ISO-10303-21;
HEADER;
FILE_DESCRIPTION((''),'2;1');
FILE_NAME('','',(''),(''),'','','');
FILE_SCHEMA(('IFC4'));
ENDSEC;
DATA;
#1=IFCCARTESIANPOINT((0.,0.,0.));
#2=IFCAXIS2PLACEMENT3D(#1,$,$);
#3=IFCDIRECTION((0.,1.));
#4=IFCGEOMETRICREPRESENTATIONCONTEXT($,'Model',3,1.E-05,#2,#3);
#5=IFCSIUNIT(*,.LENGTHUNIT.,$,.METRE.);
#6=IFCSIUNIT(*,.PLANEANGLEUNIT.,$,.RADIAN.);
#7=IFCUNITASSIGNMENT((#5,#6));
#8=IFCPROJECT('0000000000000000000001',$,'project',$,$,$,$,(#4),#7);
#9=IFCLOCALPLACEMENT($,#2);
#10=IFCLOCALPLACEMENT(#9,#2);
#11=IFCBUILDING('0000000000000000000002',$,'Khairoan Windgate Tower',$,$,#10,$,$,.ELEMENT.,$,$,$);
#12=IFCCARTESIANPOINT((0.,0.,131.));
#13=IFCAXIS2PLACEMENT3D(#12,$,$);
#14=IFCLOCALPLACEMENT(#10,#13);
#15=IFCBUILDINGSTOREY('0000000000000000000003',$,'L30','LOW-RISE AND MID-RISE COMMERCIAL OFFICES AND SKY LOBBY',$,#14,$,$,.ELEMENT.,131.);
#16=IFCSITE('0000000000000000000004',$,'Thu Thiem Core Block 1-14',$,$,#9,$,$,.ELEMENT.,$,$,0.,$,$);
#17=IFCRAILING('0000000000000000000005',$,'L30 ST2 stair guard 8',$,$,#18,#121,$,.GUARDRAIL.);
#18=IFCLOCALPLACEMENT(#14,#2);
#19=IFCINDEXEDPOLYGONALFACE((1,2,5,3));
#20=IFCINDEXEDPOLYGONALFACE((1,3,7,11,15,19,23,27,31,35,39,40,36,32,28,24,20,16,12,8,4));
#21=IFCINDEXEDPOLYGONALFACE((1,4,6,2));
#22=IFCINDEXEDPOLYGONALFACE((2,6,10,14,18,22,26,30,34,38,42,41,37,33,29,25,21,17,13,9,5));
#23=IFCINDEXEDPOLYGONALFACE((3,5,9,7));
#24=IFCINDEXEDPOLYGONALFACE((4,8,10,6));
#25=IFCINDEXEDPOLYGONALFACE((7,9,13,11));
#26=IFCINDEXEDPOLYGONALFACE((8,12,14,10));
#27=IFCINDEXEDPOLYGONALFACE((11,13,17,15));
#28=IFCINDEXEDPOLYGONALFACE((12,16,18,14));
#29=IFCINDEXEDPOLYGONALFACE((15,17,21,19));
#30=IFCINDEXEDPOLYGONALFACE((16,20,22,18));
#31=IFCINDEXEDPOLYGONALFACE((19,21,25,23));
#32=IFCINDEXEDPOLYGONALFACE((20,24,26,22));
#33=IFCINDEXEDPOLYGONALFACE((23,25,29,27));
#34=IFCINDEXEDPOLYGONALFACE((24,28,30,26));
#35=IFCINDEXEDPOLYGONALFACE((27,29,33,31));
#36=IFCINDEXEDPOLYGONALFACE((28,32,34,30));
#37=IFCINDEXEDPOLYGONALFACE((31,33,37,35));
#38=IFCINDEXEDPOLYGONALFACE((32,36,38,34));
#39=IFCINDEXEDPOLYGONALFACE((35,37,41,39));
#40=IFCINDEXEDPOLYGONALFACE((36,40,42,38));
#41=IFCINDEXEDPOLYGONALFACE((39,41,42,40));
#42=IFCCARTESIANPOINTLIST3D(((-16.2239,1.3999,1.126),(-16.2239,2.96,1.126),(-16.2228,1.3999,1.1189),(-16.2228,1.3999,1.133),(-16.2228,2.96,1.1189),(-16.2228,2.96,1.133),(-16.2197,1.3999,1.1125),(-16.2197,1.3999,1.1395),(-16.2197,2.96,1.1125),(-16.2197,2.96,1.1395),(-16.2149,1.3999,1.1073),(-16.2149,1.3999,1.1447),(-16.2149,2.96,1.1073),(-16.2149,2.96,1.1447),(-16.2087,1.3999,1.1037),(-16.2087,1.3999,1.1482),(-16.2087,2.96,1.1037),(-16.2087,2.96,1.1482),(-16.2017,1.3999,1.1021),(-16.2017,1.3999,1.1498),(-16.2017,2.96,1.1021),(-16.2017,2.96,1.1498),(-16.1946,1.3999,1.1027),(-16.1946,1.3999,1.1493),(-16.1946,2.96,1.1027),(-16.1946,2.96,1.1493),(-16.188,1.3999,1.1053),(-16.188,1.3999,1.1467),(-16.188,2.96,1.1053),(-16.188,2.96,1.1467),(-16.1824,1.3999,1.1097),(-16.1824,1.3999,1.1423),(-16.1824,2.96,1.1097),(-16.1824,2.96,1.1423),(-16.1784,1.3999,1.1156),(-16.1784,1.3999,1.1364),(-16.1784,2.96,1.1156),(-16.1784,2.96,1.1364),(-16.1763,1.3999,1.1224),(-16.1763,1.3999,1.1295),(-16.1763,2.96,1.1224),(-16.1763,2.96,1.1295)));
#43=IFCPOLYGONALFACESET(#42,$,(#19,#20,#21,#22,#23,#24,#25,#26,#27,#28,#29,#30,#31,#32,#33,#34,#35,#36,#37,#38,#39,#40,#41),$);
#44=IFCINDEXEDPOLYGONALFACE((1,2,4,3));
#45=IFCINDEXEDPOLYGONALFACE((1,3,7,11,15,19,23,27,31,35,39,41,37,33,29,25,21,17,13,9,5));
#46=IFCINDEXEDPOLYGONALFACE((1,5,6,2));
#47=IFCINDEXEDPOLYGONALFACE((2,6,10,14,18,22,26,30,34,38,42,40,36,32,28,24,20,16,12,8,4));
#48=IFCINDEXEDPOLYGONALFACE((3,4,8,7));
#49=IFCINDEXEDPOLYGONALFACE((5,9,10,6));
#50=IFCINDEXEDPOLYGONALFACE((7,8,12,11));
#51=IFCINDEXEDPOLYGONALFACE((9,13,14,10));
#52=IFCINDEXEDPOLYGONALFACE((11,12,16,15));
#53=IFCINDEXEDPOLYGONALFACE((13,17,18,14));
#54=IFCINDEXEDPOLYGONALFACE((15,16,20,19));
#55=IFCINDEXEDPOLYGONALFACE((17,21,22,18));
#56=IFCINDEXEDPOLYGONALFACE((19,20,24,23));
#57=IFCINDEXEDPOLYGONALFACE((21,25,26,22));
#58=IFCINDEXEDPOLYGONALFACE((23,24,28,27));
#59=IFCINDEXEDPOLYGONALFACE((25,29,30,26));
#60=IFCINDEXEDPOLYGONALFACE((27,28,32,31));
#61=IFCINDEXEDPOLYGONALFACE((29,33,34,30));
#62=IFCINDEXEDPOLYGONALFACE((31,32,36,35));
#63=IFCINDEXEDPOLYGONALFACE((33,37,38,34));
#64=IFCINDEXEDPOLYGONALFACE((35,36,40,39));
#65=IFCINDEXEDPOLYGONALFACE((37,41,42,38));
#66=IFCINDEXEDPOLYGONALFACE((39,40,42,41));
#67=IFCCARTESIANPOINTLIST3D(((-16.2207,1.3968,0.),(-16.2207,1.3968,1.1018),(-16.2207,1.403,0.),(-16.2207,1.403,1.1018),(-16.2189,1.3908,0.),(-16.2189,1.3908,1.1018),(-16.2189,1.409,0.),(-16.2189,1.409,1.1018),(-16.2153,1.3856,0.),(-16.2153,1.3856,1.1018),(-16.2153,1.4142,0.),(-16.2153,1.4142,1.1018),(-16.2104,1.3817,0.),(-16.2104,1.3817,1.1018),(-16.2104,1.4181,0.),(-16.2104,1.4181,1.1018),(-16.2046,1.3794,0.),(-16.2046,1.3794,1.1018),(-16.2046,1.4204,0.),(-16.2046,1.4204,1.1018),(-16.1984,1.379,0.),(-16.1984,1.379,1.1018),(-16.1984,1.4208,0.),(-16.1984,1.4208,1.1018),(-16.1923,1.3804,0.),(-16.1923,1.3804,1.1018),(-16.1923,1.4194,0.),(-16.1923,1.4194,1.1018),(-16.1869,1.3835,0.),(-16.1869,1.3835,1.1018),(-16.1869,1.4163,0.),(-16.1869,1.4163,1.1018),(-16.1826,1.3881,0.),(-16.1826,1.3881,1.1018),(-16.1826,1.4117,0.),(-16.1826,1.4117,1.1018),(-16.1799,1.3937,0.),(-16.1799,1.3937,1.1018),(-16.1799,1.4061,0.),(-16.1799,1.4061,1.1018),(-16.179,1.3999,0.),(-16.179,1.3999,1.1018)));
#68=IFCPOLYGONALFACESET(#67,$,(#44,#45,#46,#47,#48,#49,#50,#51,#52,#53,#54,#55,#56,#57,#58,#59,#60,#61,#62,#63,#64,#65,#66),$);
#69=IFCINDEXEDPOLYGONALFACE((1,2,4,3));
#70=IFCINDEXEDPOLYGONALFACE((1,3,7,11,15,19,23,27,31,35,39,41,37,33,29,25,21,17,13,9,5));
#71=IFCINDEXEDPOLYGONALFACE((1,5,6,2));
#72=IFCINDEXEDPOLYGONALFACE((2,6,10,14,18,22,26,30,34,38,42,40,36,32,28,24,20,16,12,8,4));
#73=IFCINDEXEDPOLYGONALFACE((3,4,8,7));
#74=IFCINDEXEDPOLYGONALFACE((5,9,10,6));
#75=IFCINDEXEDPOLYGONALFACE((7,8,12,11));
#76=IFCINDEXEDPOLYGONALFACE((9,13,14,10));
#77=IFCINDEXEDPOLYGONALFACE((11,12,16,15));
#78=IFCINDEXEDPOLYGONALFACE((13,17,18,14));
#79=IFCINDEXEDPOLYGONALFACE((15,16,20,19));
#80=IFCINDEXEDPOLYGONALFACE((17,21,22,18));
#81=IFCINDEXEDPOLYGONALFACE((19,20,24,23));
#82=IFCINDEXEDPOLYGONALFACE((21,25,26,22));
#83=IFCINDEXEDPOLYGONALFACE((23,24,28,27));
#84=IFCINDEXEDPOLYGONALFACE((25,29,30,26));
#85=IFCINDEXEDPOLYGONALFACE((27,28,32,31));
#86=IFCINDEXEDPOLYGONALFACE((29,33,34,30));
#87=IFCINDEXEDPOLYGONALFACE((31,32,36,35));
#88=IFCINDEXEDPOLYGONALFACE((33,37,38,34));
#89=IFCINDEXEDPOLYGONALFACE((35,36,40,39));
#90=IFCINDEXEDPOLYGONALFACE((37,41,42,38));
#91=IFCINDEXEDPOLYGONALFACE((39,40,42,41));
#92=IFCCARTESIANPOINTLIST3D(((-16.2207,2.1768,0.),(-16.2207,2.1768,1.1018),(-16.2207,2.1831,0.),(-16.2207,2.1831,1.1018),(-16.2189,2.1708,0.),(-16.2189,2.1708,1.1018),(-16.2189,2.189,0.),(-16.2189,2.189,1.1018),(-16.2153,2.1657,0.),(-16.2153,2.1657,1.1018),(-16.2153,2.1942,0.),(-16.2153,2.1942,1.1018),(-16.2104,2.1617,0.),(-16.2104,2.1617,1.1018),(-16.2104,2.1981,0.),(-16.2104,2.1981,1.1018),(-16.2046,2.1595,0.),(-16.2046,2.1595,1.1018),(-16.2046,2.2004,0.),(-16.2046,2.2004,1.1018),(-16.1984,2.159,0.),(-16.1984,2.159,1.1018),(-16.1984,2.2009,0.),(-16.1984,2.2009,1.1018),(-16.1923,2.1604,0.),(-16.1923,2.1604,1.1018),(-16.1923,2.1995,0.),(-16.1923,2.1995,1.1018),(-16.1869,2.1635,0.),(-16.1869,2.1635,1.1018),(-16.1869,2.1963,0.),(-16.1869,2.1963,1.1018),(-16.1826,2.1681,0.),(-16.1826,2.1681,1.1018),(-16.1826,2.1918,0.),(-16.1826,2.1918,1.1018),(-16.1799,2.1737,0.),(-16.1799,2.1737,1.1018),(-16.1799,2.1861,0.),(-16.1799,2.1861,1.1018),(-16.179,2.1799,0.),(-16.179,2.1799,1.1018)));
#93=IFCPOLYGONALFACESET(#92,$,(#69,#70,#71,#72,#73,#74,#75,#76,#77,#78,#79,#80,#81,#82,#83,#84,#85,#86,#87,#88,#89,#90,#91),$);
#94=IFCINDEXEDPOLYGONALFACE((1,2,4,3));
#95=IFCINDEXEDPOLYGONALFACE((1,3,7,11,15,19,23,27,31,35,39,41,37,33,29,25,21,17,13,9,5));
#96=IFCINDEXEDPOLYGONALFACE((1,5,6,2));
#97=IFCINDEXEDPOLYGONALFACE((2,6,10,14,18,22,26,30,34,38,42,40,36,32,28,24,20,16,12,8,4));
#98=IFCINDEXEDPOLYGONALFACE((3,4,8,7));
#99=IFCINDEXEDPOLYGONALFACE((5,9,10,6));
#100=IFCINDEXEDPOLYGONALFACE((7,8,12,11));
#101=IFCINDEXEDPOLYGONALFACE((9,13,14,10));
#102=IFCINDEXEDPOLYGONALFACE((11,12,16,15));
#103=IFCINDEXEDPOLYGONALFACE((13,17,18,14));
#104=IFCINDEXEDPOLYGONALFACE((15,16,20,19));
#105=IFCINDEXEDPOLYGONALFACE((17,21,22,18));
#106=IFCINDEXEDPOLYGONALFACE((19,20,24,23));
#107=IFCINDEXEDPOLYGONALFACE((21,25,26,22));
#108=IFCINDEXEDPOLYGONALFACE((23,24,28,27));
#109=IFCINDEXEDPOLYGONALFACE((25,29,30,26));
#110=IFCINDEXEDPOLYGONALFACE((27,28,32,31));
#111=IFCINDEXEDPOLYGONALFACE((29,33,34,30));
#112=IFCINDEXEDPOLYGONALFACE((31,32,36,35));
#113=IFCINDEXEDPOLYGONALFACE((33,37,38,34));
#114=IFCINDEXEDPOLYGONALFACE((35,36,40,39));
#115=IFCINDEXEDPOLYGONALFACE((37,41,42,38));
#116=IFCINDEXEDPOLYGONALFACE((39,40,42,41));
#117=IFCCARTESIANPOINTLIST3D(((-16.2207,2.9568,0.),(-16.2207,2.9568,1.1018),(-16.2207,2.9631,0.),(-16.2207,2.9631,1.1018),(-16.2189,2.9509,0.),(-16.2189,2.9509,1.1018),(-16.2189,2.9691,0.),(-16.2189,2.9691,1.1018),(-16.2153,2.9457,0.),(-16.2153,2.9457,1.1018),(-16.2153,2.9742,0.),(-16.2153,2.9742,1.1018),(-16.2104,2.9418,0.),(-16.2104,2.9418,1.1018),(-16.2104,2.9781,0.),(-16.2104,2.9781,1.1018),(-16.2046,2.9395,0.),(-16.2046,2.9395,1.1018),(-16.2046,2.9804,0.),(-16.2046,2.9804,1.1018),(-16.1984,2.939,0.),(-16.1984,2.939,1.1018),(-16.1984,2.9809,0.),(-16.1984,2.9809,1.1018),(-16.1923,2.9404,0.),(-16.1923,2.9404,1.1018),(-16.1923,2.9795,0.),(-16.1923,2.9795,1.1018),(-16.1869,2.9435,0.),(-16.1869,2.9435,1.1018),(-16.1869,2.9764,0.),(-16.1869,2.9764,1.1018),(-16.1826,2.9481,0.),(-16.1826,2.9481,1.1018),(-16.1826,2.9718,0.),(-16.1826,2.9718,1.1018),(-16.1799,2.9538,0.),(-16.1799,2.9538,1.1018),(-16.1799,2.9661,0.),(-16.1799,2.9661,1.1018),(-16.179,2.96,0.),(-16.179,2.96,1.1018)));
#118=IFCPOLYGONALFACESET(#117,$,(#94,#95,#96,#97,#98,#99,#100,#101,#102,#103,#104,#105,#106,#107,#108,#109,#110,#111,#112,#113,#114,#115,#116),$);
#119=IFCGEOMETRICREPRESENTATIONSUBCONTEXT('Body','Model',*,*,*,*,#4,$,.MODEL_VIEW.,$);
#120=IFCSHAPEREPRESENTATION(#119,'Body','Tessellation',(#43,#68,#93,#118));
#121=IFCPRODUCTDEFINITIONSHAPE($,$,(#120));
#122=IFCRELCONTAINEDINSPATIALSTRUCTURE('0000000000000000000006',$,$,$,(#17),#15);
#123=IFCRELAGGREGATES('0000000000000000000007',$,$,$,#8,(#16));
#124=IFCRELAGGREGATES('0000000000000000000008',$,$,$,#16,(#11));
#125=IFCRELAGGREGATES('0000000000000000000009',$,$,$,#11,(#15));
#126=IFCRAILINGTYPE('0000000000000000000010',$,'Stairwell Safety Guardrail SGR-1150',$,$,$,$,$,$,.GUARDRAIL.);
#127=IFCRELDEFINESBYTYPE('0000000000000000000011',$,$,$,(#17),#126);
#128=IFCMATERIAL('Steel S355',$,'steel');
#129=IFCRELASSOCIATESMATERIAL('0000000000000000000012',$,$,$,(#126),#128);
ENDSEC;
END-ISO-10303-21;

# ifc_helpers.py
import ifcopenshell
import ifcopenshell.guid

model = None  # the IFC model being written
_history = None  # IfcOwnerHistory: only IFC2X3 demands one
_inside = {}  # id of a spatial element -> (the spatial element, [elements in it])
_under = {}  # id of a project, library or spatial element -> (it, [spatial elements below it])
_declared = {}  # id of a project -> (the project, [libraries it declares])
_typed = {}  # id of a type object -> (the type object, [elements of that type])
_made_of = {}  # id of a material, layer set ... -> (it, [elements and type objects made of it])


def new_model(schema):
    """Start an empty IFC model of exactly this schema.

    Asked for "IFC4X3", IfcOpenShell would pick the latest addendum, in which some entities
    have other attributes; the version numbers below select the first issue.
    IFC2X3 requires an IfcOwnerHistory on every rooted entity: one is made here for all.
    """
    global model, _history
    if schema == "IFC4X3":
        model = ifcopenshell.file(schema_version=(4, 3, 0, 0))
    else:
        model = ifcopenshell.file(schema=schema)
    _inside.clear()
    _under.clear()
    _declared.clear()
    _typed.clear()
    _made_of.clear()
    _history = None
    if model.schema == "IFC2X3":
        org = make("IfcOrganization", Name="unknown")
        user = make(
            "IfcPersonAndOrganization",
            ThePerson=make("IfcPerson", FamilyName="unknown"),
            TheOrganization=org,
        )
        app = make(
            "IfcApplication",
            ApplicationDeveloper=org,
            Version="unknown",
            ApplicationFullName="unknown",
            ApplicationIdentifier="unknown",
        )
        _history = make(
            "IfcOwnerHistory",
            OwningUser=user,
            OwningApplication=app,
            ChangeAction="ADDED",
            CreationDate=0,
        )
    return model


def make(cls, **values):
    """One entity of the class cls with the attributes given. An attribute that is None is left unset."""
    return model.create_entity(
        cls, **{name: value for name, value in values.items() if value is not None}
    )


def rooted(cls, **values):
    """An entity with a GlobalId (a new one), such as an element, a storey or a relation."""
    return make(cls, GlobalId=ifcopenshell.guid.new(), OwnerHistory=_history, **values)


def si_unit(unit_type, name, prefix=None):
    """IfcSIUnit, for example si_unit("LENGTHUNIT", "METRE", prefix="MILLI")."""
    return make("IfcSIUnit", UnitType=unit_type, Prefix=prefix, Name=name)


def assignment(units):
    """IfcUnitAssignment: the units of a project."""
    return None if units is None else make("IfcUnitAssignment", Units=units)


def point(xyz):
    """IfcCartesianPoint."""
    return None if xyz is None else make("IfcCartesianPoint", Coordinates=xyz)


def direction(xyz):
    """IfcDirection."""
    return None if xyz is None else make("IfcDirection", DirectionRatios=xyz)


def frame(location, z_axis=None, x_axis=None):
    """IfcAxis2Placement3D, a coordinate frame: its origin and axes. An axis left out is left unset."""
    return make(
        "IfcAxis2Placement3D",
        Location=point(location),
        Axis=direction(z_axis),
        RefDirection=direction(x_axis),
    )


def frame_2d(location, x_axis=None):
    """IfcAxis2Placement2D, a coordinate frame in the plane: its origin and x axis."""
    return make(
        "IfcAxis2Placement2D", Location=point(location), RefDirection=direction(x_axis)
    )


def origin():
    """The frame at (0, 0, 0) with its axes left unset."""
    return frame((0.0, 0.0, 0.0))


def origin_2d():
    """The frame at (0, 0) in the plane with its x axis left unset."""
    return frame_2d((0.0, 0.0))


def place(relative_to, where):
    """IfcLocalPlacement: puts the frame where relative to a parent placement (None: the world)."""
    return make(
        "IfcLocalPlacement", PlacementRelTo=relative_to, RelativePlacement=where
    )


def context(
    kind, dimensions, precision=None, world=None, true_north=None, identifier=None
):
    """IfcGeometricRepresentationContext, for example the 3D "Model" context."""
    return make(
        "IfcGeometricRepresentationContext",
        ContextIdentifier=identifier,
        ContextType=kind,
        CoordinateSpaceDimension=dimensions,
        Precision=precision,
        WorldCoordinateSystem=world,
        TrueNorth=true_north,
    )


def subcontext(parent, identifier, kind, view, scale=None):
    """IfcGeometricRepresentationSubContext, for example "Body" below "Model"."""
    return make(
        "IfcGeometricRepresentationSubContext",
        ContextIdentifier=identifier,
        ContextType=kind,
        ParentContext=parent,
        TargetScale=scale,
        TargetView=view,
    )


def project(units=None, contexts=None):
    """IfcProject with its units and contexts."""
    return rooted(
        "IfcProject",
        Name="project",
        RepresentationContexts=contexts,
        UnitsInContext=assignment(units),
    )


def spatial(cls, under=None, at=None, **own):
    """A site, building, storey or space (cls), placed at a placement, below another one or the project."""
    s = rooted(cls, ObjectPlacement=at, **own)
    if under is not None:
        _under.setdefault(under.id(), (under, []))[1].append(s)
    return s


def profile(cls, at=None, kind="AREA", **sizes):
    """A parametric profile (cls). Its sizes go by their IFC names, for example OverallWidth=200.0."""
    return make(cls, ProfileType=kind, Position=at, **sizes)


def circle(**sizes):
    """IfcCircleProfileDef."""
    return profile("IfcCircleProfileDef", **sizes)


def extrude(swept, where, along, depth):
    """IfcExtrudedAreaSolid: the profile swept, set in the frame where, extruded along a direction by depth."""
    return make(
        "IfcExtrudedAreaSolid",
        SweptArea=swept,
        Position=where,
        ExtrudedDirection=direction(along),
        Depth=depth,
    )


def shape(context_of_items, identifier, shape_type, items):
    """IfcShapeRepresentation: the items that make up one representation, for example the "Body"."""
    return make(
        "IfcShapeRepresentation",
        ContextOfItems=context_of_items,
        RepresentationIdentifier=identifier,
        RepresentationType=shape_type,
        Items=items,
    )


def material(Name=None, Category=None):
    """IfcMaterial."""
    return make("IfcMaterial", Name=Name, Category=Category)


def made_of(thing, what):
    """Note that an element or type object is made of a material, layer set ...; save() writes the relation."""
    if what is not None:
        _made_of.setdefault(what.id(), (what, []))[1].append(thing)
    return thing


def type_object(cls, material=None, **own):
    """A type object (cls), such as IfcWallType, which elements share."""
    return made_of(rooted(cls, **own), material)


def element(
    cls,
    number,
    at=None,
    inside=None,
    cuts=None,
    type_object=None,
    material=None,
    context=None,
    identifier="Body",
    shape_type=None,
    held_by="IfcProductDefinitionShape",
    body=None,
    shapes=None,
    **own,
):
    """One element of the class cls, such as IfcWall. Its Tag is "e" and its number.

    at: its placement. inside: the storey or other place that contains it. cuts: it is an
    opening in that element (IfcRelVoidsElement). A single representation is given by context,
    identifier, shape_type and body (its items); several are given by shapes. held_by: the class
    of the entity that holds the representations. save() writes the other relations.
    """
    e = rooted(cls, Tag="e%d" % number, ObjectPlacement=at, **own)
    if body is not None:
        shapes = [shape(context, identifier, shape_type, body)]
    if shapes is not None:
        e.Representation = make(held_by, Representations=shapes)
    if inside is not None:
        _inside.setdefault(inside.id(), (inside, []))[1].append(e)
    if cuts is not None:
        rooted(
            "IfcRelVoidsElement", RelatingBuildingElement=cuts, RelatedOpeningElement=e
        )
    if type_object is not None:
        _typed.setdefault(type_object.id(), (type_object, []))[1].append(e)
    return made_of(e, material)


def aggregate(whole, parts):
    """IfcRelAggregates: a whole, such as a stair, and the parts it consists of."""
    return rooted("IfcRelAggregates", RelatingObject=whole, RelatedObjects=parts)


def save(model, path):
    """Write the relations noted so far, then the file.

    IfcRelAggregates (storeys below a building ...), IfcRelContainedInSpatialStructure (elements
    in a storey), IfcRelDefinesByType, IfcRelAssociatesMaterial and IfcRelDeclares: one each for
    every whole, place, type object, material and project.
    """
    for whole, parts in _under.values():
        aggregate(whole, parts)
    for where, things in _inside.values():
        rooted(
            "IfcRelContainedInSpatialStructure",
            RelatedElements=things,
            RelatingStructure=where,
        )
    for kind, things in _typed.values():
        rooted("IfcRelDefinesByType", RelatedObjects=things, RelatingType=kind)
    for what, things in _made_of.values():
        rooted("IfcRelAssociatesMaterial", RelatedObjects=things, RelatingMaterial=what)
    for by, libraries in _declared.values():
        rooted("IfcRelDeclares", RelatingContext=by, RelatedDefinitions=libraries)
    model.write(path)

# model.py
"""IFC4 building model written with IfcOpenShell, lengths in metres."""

from ifc_helpers import new_model, si_unit, direction, frame, origin, origin_2d, place, context, subcontext, project, spatial, circle, extrude, material, type_object, element, save


model = new_model("IFC4")

# Units and contexts
model_context = context("Model", 3, precision=1e-05, world=origin(), true_north=direction((0.0, 1.0)))
body_context = subcontext(model_context, "Body", "Model", "MODEL_VIEW")
ifc_project = project(units=[si_unit("LENGTHUNIT", "METRE"), si_unit("PLANEANGLEUNIT", "RADIAN")], contexts=[model_context])

# Site, building, storey
site_placement = place(None, origin())
site = spatial("IfcSite", under=ifc_project, at=site_placement, Name="Thu Thiem Core Block 1-14", CompositionType="ELEMENT", RefElevation=0.0)
building_placement = place(site_placement, origin())
building = spatial("IfcBuilding", under=site, at=building_placement, Name="Khairoan Windgate Tower", CompositionType="ELEMENT")
storey_placement = place(building_placement, frame((0.0, 0.0, 131.0)))
storey = spatial("IfcBuildingStorey", under=building, at=storey_placement, Name="L30", Description="LOW-RISE AND MID-RISE COMMERCIAL OFFICES AND SKY LOBBY", CompositionType="ELEMENT", Elevation=131.0)

# Railing
ifc_material_1 = material(Name="Steel S355", Category="steel")
railing_type_1 = type_object("IfcRailingType", Name="Stairwell Safety Guardrail SGR-1150", PredefinedType="GUARDRAIL", material=ifc_material_1)
railing_1_placement = place(storey_placement, frame((-16.2, 1.3999, 0.0)))
element("IfcRailing", 1, at=railing_1_placement, inside=storey, type_object=railing_type_1, Name="L30 ST2 stair guard 8", PredefinedType="GUARDRAIL", context=body_context, shape_type="SweptSolid", body=[
    extrude(circle(Radius=0.0239, at=origin_2d()), frame((0.0, 0.0, 1.126), z_axis=(0.0, 1.0, 0.0), x_axis=(-1.0, 0.0, 0.0)), (0.0, 0.0, 1.0), 1.5601),
    extrude(circle(Radius=0.021, at=origin_2d()), origin(), (0.0, 0.0, 1.0), 1.1018),
    extrude(circle(Radius=0.021, at=origin_2d()), frame((0.0, 0.78, 0.0)), (0.0, 0.0, 1.0), 1.1018),
    extrude(circle(Radius=0.021, at=origin_2d()), frame((0.0, 1.5601, 0.0)), (0.0, 0.0, 1.0), 1.1018),
])

save(model, "model.ifc")
